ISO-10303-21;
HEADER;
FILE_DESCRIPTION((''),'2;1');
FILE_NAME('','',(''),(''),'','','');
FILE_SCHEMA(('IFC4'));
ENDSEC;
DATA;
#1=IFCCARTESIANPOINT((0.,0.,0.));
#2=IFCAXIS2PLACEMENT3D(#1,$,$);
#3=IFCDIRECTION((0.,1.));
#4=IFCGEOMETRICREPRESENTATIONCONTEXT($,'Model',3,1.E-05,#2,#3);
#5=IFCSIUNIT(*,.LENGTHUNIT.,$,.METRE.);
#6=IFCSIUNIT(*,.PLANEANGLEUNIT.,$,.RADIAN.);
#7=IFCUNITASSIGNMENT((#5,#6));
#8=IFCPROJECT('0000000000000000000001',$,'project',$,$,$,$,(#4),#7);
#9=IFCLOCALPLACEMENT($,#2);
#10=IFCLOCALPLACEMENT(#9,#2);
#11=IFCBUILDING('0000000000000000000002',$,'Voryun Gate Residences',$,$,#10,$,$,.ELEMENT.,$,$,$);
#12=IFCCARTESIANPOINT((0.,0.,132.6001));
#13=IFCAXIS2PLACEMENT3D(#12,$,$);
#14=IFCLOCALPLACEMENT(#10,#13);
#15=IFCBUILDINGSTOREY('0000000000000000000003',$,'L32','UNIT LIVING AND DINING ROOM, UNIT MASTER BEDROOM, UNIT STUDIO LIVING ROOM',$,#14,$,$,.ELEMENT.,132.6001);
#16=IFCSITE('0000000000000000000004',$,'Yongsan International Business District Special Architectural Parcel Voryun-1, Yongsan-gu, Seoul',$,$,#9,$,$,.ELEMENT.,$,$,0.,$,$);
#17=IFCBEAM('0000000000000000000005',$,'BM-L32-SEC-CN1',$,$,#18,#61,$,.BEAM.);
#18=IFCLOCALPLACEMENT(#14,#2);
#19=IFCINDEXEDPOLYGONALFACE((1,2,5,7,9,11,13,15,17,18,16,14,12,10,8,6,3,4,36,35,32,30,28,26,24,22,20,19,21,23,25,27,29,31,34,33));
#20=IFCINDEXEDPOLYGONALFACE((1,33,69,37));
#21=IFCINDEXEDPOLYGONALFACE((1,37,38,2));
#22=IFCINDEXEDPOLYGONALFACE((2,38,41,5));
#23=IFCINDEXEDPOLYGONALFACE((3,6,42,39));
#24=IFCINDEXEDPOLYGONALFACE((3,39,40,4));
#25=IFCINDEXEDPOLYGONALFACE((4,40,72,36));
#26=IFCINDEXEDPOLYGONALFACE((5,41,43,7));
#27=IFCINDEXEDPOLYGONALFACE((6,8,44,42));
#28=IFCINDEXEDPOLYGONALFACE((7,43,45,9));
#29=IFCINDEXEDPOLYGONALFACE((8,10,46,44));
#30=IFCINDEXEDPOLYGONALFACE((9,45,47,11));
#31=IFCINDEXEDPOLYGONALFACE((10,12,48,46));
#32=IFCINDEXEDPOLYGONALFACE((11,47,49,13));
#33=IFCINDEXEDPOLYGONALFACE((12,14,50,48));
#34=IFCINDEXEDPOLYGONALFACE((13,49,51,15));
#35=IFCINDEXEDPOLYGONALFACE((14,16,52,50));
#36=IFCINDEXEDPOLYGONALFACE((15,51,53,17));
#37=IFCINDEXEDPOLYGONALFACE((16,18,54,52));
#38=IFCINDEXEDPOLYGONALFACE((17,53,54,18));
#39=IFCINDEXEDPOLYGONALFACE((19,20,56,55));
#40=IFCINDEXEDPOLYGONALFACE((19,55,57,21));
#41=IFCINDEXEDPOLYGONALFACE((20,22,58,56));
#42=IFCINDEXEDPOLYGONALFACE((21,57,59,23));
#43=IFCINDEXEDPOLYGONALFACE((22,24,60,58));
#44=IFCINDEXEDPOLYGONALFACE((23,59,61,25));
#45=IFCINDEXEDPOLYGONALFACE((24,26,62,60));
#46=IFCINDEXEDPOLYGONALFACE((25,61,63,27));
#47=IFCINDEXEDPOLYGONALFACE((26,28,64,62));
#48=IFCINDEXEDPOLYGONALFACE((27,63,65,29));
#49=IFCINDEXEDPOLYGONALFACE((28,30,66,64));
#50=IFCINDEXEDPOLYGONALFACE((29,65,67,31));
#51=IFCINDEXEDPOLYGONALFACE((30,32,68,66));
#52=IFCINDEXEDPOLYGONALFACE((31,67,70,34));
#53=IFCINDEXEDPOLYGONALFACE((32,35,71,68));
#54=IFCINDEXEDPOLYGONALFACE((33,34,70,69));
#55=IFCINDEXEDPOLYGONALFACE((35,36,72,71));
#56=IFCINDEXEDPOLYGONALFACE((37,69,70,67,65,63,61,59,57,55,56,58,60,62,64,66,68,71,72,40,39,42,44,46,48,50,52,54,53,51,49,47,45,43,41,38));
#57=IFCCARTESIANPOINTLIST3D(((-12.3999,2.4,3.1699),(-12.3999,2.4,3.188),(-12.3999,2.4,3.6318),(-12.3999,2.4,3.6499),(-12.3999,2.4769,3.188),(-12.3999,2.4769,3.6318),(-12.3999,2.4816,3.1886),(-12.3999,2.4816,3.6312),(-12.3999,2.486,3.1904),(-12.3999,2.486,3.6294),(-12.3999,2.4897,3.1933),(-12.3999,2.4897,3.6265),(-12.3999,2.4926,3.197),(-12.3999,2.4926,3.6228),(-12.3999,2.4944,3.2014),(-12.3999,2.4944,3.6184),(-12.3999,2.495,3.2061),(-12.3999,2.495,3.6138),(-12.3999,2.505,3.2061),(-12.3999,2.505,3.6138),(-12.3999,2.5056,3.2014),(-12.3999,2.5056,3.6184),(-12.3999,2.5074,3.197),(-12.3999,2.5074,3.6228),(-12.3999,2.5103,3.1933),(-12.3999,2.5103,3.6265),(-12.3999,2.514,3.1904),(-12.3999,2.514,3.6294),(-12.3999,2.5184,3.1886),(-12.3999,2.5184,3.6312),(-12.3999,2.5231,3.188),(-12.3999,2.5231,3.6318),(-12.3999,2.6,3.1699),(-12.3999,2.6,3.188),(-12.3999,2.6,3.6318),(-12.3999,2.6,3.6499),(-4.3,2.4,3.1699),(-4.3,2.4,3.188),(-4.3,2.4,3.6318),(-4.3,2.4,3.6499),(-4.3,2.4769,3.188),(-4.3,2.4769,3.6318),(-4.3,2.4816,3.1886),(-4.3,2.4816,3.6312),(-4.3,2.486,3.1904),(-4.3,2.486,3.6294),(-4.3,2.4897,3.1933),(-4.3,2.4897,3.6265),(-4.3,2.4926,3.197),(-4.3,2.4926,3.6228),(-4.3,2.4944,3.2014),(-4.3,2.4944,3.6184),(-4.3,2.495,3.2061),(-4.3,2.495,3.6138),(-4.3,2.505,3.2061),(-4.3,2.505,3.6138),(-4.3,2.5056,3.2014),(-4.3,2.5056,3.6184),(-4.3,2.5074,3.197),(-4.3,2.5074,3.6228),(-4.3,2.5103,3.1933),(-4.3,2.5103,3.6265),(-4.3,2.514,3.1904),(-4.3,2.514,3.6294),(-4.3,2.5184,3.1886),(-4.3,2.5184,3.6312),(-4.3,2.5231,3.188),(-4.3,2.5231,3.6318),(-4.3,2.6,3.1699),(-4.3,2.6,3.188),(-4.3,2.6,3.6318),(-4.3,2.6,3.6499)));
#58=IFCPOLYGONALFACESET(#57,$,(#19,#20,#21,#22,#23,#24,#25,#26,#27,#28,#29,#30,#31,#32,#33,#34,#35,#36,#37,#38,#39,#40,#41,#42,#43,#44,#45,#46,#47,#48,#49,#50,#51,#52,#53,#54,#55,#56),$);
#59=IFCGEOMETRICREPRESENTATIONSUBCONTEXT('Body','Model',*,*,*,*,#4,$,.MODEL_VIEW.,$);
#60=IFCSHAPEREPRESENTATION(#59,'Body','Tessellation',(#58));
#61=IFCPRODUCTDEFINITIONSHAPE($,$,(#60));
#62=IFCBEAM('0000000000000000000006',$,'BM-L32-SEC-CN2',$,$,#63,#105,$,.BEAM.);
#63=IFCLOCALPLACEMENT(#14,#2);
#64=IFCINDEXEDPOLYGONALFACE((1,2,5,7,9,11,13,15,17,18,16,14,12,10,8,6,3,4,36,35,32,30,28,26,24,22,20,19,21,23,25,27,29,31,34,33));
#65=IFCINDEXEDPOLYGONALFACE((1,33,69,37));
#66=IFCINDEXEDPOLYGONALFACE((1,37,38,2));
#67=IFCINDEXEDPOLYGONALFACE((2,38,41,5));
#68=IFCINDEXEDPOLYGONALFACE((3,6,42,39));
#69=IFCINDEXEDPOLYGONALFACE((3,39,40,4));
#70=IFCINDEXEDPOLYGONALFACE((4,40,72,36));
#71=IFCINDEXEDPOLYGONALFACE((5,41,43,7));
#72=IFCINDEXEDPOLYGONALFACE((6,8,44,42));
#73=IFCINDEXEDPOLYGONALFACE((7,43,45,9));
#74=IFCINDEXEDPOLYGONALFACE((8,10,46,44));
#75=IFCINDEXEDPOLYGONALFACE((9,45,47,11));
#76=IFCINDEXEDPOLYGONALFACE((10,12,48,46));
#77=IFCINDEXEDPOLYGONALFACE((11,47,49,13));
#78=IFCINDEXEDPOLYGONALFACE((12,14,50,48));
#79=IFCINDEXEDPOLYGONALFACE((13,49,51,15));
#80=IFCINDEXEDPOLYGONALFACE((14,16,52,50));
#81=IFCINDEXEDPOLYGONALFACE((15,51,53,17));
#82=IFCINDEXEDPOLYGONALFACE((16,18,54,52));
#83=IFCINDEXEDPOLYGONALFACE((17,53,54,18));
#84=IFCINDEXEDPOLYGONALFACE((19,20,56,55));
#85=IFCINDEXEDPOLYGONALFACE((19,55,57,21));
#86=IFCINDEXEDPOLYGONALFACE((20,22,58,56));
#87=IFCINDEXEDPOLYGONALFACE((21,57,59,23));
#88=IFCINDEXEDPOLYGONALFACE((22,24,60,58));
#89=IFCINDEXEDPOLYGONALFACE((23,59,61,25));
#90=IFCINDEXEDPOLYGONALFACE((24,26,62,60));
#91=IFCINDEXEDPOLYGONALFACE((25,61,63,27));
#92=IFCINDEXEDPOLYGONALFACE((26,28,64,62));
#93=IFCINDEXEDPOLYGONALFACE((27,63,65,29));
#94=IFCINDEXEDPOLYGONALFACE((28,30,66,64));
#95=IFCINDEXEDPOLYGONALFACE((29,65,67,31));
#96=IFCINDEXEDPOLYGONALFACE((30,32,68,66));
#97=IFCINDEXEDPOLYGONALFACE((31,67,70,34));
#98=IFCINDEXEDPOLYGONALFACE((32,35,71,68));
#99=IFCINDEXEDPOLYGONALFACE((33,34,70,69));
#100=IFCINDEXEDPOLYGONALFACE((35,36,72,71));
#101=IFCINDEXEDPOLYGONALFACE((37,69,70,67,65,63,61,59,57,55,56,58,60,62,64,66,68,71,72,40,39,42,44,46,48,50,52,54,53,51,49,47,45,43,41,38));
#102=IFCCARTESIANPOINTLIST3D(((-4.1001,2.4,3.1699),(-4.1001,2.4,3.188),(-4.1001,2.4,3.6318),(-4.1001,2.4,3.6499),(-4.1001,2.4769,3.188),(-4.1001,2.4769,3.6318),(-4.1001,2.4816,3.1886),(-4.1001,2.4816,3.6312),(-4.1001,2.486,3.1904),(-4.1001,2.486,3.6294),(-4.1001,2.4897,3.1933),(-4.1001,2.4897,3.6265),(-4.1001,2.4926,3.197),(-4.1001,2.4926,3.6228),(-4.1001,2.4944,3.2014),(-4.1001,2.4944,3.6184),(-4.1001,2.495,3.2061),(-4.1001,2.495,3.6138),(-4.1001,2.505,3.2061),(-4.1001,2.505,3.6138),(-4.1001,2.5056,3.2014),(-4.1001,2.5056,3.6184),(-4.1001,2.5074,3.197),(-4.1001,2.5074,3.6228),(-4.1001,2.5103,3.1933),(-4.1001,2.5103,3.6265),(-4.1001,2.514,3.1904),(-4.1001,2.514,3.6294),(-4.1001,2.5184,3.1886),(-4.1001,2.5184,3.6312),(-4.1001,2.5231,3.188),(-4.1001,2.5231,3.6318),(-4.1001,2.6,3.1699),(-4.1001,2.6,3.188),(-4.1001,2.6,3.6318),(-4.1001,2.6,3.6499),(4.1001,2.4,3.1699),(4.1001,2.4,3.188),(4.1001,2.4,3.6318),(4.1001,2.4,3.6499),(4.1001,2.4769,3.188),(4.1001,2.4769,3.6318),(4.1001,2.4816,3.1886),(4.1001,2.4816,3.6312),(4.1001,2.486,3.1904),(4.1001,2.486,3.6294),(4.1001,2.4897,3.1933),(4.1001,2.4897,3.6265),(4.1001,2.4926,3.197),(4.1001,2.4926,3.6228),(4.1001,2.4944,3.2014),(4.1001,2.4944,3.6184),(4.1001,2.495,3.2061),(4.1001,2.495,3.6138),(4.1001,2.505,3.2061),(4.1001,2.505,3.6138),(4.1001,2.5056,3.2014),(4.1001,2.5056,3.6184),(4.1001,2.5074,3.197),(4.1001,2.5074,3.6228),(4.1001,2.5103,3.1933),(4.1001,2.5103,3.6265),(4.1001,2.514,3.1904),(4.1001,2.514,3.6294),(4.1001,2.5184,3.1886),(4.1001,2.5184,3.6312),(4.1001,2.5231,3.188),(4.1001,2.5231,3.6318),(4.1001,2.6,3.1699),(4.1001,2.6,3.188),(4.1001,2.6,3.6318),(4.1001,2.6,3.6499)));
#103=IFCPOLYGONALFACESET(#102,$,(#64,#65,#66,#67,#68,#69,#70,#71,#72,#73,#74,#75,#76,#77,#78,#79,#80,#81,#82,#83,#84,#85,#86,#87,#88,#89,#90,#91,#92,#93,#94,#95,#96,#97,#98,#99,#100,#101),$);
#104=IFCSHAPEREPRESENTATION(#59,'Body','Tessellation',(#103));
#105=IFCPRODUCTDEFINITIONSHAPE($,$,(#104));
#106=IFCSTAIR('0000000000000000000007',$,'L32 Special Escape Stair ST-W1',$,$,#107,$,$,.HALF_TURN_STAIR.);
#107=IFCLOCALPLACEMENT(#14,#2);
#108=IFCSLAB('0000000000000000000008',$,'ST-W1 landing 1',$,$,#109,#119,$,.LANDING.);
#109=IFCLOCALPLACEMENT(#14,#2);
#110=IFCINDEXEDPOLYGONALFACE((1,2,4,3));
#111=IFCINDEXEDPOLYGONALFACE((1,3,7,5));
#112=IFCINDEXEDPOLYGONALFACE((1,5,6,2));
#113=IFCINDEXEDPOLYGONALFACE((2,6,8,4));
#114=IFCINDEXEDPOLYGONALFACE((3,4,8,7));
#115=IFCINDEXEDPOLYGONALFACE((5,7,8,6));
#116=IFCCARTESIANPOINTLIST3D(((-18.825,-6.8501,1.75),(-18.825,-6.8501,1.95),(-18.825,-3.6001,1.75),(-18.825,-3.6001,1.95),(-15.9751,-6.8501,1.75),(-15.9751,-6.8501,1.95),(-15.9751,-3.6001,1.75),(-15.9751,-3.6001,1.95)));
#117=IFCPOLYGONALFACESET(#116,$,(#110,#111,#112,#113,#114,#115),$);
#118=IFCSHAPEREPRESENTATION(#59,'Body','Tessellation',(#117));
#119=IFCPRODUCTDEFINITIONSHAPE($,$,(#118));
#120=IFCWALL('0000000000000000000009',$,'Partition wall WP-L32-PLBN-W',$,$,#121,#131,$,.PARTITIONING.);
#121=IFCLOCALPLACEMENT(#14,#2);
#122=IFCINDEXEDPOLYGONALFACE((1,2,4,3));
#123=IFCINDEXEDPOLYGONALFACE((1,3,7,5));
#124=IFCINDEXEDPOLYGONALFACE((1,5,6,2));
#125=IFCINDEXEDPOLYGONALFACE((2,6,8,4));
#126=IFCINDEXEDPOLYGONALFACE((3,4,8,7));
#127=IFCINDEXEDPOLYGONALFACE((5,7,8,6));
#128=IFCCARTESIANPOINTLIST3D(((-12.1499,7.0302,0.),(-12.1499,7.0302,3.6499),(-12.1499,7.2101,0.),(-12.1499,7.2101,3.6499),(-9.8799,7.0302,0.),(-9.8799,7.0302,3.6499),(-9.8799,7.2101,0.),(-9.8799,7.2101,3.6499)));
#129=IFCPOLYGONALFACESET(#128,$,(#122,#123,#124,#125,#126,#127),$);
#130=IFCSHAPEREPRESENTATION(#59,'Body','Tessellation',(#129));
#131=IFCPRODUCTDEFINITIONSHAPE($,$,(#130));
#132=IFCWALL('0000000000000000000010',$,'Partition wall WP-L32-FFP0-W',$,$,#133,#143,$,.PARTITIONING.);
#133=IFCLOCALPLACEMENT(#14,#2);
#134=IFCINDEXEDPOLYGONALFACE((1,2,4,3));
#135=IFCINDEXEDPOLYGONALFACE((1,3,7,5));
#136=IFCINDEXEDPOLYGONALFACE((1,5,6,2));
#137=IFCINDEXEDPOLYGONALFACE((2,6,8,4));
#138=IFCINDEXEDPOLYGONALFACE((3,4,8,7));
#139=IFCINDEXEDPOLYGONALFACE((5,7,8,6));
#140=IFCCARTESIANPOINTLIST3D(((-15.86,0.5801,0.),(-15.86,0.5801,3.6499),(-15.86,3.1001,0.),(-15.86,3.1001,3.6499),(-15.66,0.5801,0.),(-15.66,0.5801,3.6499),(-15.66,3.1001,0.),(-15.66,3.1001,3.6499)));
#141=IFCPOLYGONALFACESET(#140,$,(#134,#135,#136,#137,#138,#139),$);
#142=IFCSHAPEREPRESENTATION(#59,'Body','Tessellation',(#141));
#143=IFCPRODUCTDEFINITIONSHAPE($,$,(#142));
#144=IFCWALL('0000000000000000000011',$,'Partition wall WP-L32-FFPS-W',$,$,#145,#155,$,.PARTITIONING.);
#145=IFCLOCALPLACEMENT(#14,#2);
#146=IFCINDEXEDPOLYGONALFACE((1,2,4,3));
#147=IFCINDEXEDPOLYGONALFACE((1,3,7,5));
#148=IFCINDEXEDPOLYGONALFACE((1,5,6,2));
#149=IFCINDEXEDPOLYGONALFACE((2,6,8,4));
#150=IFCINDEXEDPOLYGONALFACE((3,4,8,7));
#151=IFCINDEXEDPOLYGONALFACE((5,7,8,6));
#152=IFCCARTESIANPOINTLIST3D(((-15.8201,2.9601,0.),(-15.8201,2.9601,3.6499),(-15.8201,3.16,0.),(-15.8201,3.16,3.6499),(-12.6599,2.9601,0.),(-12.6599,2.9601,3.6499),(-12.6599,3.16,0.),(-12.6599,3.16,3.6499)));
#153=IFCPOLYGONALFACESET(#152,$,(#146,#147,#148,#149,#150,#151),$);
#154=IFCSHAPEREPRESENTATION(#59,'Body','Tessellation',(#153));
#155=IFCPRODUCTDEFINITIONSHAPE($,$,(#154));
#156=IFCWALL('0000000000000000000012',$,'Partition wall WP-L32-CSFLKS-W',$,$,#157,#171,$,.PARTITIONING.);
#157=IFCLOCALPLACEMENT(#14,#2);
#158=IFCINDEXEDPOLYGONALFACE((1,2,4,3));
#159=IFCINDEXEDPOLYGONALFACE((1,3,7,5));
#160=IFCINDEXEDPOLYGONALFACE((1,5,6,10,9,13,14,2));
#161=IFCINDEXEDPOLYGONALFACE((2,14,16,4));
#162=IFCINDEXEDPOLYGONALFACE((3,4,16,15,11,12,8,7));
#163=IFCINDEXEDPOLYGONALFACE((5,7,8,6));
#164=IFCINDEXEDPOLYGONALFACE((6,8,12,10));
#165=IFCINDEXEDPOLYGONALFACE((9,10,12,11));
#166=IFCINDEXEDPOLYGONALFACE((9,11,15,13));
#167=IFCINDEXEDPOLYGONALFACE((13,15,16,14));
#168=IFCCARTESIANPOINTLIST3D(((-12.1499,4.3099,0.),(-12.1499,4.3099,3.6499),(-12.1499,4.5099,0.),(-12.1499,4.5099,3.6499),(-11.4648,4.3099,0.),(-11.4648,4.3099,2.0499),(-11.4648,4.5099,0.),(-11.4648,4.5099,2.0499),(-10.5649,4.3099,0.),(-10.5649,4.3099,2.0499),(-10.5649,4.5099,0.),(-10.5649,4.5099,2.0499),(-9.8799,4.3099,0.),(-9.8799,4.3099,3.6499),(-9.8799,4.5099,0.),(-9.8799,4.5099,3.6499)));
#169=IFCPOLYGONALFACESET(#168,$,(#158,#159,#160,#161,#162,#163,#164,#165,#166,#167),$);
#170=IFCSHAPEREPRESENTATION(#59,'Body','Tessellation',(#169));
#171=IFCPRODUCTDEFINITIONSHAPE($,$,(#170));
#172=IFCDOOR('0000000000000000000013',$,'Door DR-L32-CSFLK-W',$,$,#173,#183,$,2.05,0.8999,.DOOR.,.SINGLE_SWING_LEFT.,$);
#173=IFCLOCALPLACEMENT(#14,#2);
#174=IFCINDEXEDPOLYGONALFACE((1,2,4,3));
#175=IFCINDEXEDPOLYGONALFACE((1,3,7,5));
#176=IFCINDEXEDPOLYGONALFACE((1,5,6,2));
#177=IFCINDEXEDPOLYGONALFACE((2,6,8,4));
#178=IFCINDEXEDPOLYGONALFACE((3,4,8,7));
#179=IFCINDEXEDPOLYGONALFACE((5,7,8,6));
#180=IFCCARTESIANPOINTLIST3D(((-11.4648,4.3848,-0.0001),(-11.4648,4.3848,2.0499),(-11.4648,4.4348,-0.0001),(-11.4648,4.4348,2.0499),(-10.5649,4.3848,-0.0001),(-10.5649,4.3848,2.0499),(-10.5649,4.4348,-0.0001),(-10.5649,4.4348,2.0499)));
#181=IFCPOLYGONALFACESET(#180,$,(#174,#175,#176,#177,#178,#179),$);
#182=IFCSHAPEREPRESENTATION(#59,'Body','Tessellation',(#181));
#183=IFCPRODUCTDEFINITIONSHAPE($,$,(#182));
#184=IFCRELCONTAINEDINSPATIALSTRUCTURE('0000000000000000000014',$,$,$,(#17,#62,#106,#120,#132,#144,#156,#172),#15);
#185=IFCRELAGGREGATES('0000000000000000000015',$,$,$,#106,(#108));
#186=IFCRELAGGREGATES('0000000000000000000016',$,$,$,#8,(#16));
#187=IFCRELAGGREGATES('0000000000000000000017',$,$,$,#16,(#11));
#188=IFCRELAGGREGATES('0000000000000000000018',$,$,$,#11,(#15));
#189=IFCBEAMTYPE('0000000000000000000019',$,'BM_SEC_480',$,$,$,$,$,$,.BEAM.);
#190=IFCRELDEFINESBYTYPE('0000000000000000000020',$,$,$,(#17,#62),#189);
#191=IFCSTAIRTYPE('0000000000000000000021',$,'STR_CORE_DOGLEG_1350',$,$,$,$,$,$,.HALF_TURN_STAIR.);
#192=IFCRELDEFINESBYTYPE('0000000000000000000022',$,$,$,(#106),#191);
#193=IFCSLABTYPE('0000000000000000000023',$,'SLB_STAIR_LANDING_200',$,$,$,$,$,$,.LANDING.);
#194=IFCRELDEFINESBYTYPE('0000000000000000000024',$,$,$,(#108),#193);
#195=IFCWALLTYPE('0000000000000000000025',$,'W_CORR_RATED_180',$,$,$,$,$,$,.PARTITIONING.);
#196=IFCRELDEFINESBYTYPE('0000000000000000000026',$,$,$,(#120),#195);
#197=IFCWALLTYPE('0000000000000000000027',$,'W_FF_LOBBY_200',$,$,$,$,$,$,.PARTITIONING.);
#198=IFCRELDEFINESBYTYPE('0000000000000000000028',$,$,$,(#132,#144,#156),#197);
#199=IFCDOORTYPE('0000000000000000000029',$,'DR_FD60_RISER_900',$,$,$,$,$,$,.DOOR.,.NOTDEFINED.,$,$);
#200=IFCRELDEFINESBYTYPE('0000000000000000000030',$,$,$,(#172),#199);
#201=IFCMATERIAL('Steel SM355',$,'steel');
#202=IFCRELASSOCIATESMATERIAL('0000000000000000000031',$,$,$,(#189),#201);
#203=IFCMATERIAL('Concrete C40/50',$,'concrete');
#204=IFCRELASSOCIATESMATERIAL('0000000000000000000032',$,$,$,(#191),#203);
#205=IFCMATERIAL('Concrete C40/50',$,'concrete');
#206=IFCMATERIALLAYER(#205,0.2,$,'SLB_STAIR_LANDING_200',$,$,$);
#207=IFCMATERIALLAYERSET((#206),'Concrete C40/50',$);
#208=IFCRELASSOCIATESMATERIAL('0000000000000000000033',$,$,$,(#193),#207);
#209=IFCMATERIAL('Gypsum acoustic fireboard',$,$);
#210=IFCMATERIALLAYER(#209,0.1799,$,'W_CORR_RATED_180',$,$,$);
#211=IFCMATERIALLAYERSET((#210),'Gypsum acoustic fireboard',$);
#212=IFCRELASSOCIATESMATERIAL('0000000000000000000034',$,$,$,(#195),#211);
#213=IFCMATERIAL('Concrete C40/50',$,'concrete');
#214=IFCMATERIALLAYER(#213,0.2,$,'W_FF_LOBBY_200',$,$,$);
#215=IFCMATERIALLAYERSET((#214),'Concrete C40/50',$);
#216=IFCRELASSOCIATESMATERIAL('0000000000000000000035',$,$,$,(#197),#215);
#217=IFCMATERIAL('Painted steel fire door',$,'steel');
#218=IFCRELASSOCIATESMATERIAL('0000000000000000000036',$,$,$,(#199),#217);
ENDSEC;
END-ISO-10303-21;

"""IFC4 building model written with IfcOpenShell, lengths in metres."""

from ifc_helpers import new_model, si_unit, direction, frame, frame_2d, origin, origin_2d, place, context, subcontext, project, spatial, polyline, rectangle, i_section, outline, extrude, material, layer, layer_set, material_profile, profile_set, type_object, element, fill, aggregate, save


model = new_model("IFC4")

# Units and contexts
model_context = context("Model", 3, precision=1e-05, world=origin(), true_north=direction((0.0, 1.0)))
body_context = subcontext(model_context, "Body", "Model", "MODEL_VIEW")
ifc_project = project(units=[si_unit("LENGTHUNIT", "METRE"), si_unit("PLANEANGLEUNIT", "RADIAN")], contexts=[model_context])

# Site, building, storey
site_placement = place(None, origin())
site = spatial("IfcSite", under=ifc_project, at=site_placement, Name="Yongsan International Business District Special Architectural Parcel Voryun-1, Yongsan-gu, Seoul", CompositionType="ELEMENT", RefElevation=0.0)
building_placement = place(site_placement, origin())
building = spatial("IfcBuilding", under=site, at=building_placement, Name="Voryun Gate Residences", CompositionType="ELEMENT")
storey_placement = place(building_placement, frame((0.0, 0.0, 132.6001)))
storey = spatial("IfcBuildingStorey", under=building, at=storey_placement, Name="L32", Description="UNIT LIVING AND DINING ROOM, UNIT MASTER BEDROOM, UNIT STUDIO LIVING ROOM", CompositionType="ELEMENT", Elevation=132.6001)

# Beams
ifc_material_1 = material(Name="Steel SM355", Category="steel")
ifc_material_profile_1 = material_profile(ifc_material_1, i_section(OverallWidth=0.2, OverallDepth=0.48, WebThickness=0.01, FlangeThickness=0.0181, FilletRadius=0.0181, at=origin_2d()), Name="H-480x200x10x18")
ifc_profile_set_1 = profile_set([ifc_material_profile_1], Name="Steel SM355")
beam_type_1 = type_object("IfcBeamType", Name="BM_SEC_480", PredefinedType="BEAM", material=ifc_profile_set_1)
beam_1_placement = place(storey_placement, frame((-12.3999, 2.5, 3.4099), z_axis=(1.0, 0.0, 0.0), x_axis=(0.0, 1.0, 0.0)))
element("IfcBeam", 1, at=beam_1_placement, inside=storey, type_object=beam_type_1, Name="BM-L32-SEC-CN1", PredefinedType="BEAM", context=body_context, shape_type="SweptSolid", body=[
    extrude(i_section(OverallWidth=0.2, OverallDepth=0.48, WebThickness=0.01, FlangeThickness=0.0181, FilletRadius=0.0181, at=origin_2d()), origin(), (0.0, 0.0, 1.0), 8.0999),
])
beam_2_placement = place(storey_placement, frame((-4.1001, 2.5, 3.4099), z_axis=(1.0, 0.0, 0.0), x_axis=(0.0, 1.0, 0.0)))
element("IfcBeam", 2, at=beam_2_placement, inside=storey, type_object=beam_type_1, Name="BM-L32-SEC-CN2", PredefinedType="BEAM", context=body_context, shape_type="SweptSolid", body=[
    extrude(i_section(OverallWidth=0.2, OverallDepth=0.48, WebThickness=0.01, FlangeThickness=0.0181, FilletRadius=0.0181, at=origin_2d()), origin(), (0.0, 0.0, 1.0), 8.2002),
])

# Stair, slab
ifc_material_2 = material(Name="Concrete C40/50", Category="concrete")
stair_type = type_object("IfcStairType", Name="STR_CORE_DOGLEG_1350", PredefinedType="HALF_TURN_STAIR", material=ifc_material_2)
stair_placement = place(storey_placement, origin())
stair = element("IfcStair", 3, at=stair_placement, inside=storey, type_object=stair_type, Name="L32 Special Escape Stair ST-W1", PredefinedType="HALF_TURN_STAIR")
ifc_material_3 = material(Name="Concrete C40/50", Category="concrete")
ifc_layer_1 = layer(ifc_material_3, 0.2, Name="SLB_STAIR_LANDING_200")
ifc_layer_set_1 = layer_set([ifc_layer_1], Name="Concrete C40/50")
slab_type = type_object("IfcSlabType", Name="SLB_STAIR_LANDING_200", PredefinedType="LANDING", material=ifc_layer_set_1)
slab_placement = place(storey_placement, frame((0.0, 0.0, 1.75)))
slab = element("IfcSlab", 4, at=slab_placement, type_object=slab_type, Name="ST-W1 landing 1", PredefinedType="LANDING", context=body_context, shape_type="SweptSolid", body=[
    extrude(outline(polyline([(-18.825, -3.6001), (-18.825, -6.8501), (-15.9751, -6.8501), (-15.9751, -3.6001), (-18.825, -3.6001)])), origin(), (0.0, 0.0, 1.0), 0.2),
])
aggregate(stair, [slab])

# Walls
ifc_material_4 = material(Name="Gypsum acoustic fireboard")
ifc_layer_2 = layer(ifc_material_4, 0.1799, Name="W_CORR_RATED_180")
ifc_layer_set_2 = layer_set([ifc_layer_2], Name="Gypsum acoustic fireboard")
wall_type_1 = type_object("IfcWallType", Name="W_CORR_RATED_180", PredefinedType="PARTITIONING", material=ifc_layer_set_2)
wall_1_placement = place(storey_placement, frame((-12.1499, 7.1201, 0.0), z_axis=(0.0, 0.0, 1.0), x_axis=(1.0, 0.0, 0.0)))
element("IfcWall", 5, at=wall_1_placement, inside=storey, type_object=wall_type_1, Name="Partition wall WP-L32-PLBN-W", PredefinedType="PARTITIONING", context=body_context, shape_type="SweptSolid", body=[
    extrude(rectangle(XDim=2.27, YDim=0.1799, at=frame_2d((1.135, 0.0))), origin(), (0.0, 0.0, 1.0), 3.6499),
])
ifc_material_5 = material(Name="Concrete C40/50", Category="concrete")
ifc_layer_3 = layer(ifc_material_5, 0.2, Name="W_FF_LOBBY_200")
ifc_layer_set_3 = layer_set([ifc_layer_3], Name="Concrete C40/50")
wall_type_2 = type_object("IfcWallType", Name="W_FF_LOBBY_200", PredefinedType="PARTITIONING", material=ifc_layer_set_3)
wall_2_placement = place(storey_placement, frame((-15.76, 0.5801, 0.0), z_axis=(0.0, 0.0, 1.0), x_axis=(0.0, 1.0, 0.0)))
element("IfcWall", 6, at=wall_2_placement, inside=storey, type_object=wall_type_2, Name="Partition wall WP-L32-FFP0-W", PredefinedType="PARTITIONING", context=body_context, shape_type="SweptSolid", body=[
    extrude(rectangle(XDim=2.52, YDim=0.2, at=frame_2d((1.26, 0.0))), origin(), (0.0, 0.0, 1.0), 3.6499),
])
wall_3_placement = place(storey_placement, frame((-15.8201, 3.0601, 0.0), z_axis=(0.0, 0.0, 1.0), x_axis=(1.0, 0.0, 0.0)))
element("IfcWall", 7, at=wall_3_placement, inside=storey, type_object=wall_type_2, Name="Partition wall WP-L32-FFPS-W", PredefinedType="PARTITIONING", context=body_context, shape_type="SweptSolid", body=[
    extrude(rectangle(XDim=3.1602, YDim=0.2, at=frame_2d((1.5801, 0.0))), origin(), (0.0, 0.0, 1.0), 3.6499),
])

# Wall, opening, door
wall_4_placement = place(storey_placement, frame((-12.1499, 4.4099, 0.0), z_axis=(0.0, 0.0, 1.0), x_axis=(1.0, 0.0, 0.0)))
wall_4 = element("IfcWall", 8, at=wall_4_placement, inside=storey, type_object=wall_type_2, Name="Partition wall WP-L32-CSFLKS-W", PredefinedType="PARTITIONING", context=body_context, shape_type="SweptSolid", body=[
    extrude(rectangle(XDim=2.27, YDim=0.2, at=frame_2d((1.135, 0.0))), origin(), (0.0, 0.0, 1.0), 3.6499),
])
opening_1_placement = place(wall_4_placement, frame((0.6851, 0.0, 0.0)))
opening_1 = element("IfcOpeningElement", 9, at=opening_1_placement, cuts=wall_4, PredefinedType="OPENING", context=body_context, shape_type="SweptSolid", body=[
    extrude(rectangle(XDim=0.8999, YDim=2.05, at=frame_2d((0.45, 1.0249))), frame((0.0, 0.1101, 0.0), z_axis=(0.0, -1.0, 0.0), x_axis=(1.0, 0.0, 0.0)), (0.0, 0.0, 1.0), 0.22),
])
ifc_material_6 = material(Name="Painted steel fire door", Category="steel")
door_type_1 = type_object("IfcDoorType", Name="DR_FD60_RISER_900", OperationType="NOTDEFINED", PredefinedType="DOOR", material=ifc_material_6)
door_1_placement = place(opening_1_placement, origin())
door_1 = element("IfcDoor", 10, at=door_1_placement, inside=storey, type_object=door_type_1, Name="Door DR-L32-CSFLK-W", OperationType="SINGLE_SWING_LEFT", OverallHeight=2.05, OverallWidth=0.8999, PredefinedType="DOOR", context=body_context, shape_type="SweptSolid", body=[
    extrude(rectangle(XDim=0.8999, YDim=2.05, at=frame_2d((0.45, 1.0249))), frame((0.0, 0.0249, 0.0), z_axis=(0.0, -1.0, 0.0), x_axis=(1.0, 0.0, 0.0)), (0.0, 0.0, 1.0), 0.05),
])
fill(opening_1, door_1)

save(model, "model.ifc")
